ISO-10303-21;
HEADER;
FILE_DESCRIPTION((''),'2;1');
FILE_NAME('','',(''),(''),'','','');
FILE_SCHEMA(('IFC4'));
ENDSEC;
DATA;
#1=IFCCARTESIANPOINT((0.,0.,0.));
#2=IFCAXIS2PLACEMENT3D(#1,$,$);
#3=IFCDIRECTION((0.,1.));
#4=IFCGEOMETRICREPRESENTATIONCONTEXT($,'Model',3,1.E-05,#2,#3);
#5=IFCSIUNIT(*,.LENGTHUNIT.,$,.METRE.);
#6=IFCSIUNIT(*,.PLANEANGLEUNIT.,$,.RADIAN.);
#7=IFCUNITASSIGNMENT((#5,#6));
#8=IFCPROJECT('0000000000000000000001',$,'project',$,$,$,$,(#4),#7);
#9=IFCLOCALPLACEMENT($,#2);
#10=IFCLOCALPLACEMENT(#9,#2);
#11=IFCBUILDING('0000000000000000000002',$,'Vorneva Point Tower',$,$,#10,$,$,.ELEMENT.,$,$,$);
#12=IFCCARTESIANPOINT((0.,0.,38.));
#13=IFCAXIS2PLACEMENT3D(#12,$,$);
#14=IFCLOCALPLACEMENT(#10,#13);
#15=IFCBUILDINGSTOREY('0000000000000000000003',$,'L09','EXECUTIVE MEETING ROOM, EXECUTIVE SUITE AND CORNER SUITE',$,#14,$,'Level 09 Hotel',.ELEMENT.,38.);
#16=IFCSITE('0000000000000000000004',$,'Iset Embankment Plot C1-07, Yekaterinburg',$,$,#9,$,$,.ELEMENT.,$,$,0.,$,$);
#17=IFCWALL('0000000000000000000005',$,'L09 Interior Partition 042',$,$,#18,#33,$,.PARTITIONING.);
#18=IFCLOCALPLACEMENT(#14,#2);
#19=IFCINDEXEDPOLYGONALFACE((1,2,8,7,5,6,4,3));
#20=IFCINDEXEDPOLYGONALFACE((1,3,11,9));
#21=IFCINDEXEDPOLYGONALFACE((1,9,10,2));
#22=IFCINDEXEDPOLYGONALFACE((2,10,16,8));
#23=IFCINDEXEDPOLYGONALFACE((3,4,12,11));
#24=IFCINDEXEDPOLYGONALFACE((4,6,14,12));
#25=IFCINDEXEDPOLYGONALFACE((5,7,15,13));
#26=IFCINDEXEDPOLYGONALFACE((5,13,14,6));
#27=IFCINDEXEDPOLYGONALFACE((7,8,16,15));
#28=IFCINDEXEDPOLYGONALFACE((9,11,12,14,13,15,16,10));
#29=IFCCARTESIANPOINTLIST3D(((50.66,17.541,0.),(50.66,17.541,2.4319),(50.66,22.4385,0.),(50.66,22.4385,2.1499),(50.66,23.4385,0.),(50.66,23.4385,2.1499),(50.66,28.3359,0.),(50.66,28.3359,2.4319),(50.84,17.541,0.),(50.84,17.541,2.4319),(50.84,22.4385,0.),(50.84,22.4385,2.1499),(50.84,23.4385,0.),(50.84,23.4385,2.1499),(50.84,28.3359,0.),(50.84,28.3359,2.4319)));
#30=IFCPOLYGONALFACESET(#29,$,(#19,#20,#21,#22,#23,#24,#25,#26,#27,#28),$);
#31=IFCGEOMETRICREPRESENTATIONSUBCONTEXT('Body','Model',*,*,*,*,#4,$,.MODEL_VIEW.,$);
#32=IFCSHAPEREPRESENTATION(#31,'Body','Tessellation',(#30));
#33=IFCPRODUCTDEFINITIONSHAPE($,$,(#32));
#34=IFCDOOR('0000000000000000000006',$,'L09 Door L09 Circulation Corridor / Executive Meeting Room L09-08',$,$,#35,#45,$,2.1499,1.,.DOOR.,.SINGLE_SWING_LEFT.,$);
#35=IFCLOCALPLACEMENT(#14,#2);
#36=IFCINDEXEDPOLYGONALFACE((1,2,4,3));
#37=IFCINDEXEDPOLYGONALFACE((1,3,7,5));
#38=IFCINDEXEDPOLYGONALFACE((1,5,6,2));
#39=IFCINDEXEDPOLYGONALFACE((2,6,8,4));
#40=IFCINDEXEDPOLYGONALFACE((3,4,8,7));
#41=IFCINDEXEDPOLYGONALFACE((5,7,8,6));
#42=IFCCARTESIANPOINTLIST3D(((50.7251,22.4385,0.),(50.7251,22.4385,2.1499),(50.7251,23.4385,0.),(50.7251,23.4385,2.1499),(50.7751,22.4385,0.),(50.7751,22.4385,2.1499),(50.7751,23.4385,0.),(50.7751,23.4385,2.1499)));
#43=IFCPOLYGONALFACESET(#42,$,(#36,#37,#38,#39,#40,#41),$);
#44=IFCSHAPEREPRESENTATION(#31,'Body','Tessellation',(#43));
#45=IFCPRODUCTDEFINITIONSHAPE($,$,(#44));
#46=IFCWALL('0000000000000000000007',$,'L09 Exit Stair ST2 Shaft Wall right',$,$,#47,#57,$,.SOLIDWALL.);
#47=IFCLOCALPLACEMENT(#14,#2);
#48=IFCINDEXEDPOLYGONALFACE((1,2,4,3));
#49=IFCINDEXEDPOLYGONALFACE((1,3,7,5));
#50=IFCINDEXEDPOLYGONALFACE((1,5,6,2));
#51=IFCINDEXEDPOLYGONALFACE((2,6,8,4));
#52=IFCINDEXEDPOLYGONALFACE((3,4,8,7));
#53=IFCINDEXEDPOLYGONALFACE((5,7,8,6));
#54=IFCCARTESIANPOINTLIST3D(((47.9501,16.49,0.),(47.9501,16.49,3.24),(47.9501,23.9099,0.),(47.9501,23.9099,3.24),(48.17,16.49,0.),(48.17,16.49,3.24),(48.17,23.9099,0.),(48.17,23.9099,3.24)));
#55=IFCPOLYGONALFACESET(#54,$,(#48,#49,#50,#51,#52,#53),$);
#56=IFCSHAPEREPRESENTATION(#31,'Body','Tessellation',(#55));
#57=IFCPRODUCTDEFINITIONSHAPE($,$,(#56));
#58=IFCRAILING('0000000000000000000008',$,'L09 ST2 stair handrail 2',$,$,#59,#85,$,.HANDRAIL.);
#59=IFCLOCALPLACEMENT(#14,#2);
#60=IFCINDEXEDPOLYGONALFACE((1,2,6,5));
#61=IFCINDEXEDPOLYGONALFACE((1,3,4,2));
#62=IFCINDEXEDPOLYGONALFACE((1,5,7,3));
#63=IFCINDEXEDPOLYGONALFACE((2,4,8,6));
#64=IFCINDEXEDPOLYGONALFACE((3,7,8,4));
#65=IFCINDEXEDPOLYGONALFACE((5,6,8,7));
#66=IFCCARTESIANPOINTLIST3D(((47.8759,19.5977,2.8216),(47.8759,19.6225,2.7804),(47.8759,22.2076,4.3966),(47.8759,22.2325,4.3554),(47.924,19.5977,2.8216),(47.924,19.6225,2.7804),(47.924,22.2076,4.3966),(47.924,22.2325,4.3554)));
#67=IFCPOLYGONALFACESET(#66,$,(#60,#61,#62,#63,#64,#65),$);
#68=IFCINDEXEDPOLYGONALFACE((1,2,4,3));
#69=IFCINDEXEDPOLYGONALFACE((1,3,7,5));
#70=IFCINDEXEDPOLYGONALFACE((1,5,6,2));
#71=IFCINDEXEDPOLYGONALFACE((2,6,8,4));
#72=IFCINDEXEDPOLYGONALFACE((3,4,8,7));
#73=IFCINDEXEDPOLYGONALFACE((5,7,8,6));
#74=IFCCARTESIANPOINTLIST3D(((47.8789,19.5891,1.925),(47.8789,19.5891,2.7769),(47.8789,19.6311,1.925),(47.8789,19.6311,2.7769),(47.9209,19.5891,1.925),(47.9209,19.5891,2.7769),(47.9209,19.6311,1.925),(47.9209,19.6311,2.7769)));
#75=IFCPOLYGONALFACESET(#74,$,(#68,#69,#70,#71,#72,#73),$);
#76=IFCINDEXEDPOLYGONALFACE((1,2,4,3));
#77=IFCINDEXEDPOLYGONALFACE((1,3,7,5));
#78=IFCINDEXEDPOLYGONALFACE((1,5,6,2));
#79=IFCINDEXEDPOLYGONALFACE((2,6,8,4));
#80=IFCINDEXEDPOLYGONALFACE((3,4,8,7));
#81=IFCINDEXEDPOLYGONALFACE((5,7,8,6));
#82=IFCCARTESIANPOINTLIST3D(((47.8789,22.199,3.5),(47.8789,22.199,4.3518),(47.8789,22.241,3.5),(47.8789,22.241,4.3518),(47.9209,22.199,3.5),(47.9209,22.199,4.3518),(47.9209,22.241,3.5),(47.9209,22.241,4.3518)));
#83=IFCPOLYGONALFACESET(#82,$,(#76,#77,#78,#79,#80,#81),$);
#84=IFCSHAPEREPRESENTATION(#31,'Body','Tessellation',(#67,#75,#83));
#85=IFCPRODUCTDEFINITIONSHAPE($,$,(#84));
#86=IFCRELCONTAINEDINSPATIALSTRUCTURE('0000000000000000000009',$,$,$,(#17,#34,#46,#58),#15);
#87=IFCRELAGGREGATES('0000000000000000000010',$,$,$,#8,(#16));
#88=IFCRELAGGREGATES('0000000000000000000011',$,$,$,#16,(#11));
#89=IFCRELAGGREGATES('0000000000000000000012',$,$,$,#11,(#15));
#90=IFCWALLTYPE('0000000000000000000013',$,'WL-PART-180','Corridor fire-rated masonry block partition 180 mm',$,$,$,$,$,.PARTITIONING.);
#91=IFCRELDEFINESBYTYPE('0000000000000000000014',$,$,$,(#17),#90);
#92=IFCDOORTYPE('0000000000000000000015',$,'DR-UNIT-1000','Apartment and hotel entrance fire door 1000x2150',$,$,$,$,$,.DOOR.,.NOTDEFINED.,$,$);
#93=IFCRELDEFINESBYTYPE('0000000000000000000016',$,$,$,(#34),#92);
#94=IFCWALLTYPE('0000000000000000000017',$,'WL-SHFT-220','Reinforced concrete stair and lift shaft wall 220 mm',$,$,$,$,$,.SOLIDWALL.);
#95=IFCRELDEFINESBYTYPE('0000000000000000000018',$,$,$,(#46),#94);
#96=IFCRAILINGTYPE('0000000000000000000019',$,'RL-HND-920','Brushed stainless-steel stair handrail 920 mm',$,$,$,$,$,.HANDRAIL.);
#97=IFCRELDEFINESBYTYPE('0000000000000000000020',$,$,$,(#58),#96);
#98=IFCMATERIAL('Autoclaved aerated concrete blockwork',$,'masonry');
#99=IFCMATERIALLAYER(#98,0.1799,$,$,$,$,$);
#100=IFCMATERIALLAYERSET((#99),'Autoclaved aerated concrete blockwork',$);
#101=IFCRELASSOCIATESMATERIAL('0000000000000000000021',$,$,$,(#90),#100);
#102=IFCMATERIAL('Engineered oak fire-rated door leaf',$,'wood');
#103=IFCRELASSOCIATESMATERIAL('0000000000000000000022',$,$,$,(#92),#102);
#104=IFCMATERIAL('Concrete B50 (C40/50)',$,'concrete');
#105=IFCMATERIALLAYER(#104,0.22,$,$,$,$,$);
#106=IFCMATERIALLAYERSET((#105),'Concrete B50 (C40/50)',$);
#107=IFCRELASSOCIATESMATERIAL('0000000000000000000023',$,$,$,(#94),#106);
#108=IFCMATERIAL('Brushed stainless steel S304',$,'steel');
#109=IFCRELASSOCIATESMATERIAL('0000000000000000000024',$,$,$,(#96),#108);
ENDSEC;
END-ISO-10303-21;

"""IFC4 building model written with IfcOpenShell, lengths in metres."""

from ifc_helpers import new_model, si_unit, direction, frame, frame_2d, origin, origin_2d, place, context, subcontext, project, spatial, rectangle, extrude, material, layer, layer_set, type_object, element, fill, save


model = new_model("IFC4")

# Units and contexts
model_context = context("Model", 3, precision=1e-05, world=origin(), true_north=direction((0.0, 1.0)))
body_context = subcontext(model_context, "Body", "Model", "MODEL_VIEW")
ifc_project = project(units=[si_unit("LENGTHUNIT", "METRE"), si_unit("PLANEANGLEUNIT", "RADIAN")], contexts=[model_context])

# Site, building, storey
site_placement = place(None, origin())
site = spatial("IfcSite", under=ifc_project, at=site_placement, Name="Iset Embankment Plot C1-07, Yekaterinburg", CompositionType="ELEMENT", RefElevation=0.0)
building_placement = place(site_placement, origin())
building = spatial("IfcBuilding", under=site, at=building_placement, Name="Vorneva Point Tower", CompositionType="ELEMENT")
storey_placement = place(building_placement, frame((0.0, 0.0, 38.0)))
storey = spatial("IfcBuildingStorey", under=building, at=storey_placement, Name="L09", Description="EXECUTIVE MEETING ROOM, EXECUTIVE SUITE AND CORNER SUITE", LongName="Level 09 Hotel", CompositionType="ELEMENT", Elevation=38.0)

# Wall, opening, door
ifc_material_1 = material(Name="Autoclaved aerated concrete blockwork", Category="masonry")
ifc_layer_1 = layer(ifc_material_1, 0.1799)
ifc_layer_set_1 = layer_set([ifc_layer_1], Name="Autoclaved aerated concrete blockwork")
wall_type_1 = type_object("IfcWallType", Name="WL-PART-180", Description="Corridor fire-rated masonry block partition 180 mm", PredefinedType="PARTITIONING", material=ifc_layer_set_1)
wall_1_placement = place(storey_placement, frame((50.75, 17.541, 0.0), z_axis=(0.0, 0.0, 1.0), x_axis=(0.0, 1.0, 0.0)))
wall_1 = element("IfcWall", 1, at=wall_1_placement, inside=storey, type_object=wall_type_1, Name="L09 Interior Partition 042", PredefinedType="PARTITIONING", context=body_context, shape_type="SweptSolid", body=[
    extrude(rectangle(XDim=10.7949, YDim=0.1799, at=frame_2d((5.3975, 0.0))), origin(), (0.0, 0.0, 1.0), 2.4319),
])
opening_1_placement = place(wall_1_placement, frame((4.8975, 0.0, 0.0)))
opening_1 = element("IfcOpeningElement", 2, at=opening_1_placement, cuts=wall_1, PredefinedType="OPENING", context=body_context, shape_type="SweptSolid", body=[
    extrude(rectangle(XDim=1.0, YDim=2.1499, at=frame_2d((0.5, 1.075))), frame((0.0, 0.105, 0.0), z_axis=(0.0, -1.0, 0.0), x_axis=(1.0, 0.0, 0.0)), (0.0, 0.0, 1.0), 0.2097),
])
ifc_material_2 = material(Name="Engineered oak fire-rated door leaf", Category="wood")
door_type_1 = type_object("IfcDoorType", Name="DR-UNIT-1000", Description="Apartment and hotel entrance fire door 1000x2150", OperationType="NOTDEFINED", PredefinedType="DOOR", material=ifc_material_2)
door_1_placement = place(opening_1_placement, origin())
door_1 = element("IfcDoor", 3, at=door_1_placement, inside=storey, type_object=door_type_1, Name="L09 Door L09 Circulation Corridor / Executive Meeting Room L09-08", OperationType="SINGLE_SWING_LEFT", OverallHeight=2.1499, OverallWidth=1.0, PredefinedType="DOOR", context=body_context, shape_type="SweptSolid", body=[
    extrude(rectangle(XDim=1.0, YDim=2.1499, at=frame_2d((0.5, 1.075))), frame((0.0, 0.0249, 0.0), z_axis=(0.0, -1.0, 0.0), x_axis=(1.0, 0.0, 0.0)), (0.0, 0.0, 1.0), 0.05),
])
fill(opening_1, door_1)

# Wall
ifc_material_3 = material(Name="Concrete B50 (C40/50)", Category="concrete")
ifc_layer_2 = layer(ifc_material_3, 0.22)
ifc_layer_set_2 = layer_set([ifc_layer_2], Name="Concrete B50 (C40/50)")
wall_type_2 = type_object("IfcWallType", Name="WL-SHFT-220", Description="Reinforced concrete stair and lift shaft wall 220 mm", PredefinedType="SOLIDWALL", material=ifc_layer_set_2)
wall_2_placement = place(storey_placement, frame((48.0601, 23.9099, 0.0), z_axis=(0.0, 0.0, 1.0), x_axis=(0.0, -1.0, 0.0)))
element("IfcWall", 4, at=wall_2_placement, inside=storey, type_object=wall_type_2, Name="L09 Exit Stair ST2 Shaft Wall right", PredefinedType="SOLIDWALL", context=body_context, shape_type="SweptSolid", body=[
    extrude(rectangle(XDim=7.4199, YDim=0.22, at=frame_2d((3.71, 0.0))), origin(), (0.0, 0.0, 1.0), 3.24),
])

# Railing
ifc_material_4 = material(Name="Brushed stainless steel S304", Category="steel")
railing_type_1 = type_object("IfcRailingType", Name="RL-HND-920", Description="Brushed stainless-steel stair handrail 920 mm", PredefinedType="HANDRAIL", material=ifc_material_4)
railing_1_placement = place(storey_placement, frame((47.8999, 19.6101, 1.925)))
element("IfcRailing", 5, at=railing_1_placement, inside=storey, type_object=railing_type_1, Name="L09 ST2 stair handrail 2", PredefinedType="HANDRAIL", context=body_context, shape_type="SweptSolid", body=[
    extrude(rectangle(XDim=0.0481, YDim=0.0481, at=origin_2d()), frame((0.0, 0.0, 0.876), z_axis=(0.0, 0.856183, 0.516673), x_axis=(-1.0, 0.0, 0.0)), (0.0, 0.0, 1.0), 3.0483),
    extrude(rectangle(XDim=0.042, YDim=0.042, at=origin_2d()), origin(), (0.0, 0.0, 1.0), 0.8518),
    extrude(rectangle(XDim=0.042, YDim=0.042, at=origin_2d()), frame((0.0, 2.6099, 1.575)), (0.0, 0.0, 1.0), 0.8518),
])

save(model, "model.ifc")
